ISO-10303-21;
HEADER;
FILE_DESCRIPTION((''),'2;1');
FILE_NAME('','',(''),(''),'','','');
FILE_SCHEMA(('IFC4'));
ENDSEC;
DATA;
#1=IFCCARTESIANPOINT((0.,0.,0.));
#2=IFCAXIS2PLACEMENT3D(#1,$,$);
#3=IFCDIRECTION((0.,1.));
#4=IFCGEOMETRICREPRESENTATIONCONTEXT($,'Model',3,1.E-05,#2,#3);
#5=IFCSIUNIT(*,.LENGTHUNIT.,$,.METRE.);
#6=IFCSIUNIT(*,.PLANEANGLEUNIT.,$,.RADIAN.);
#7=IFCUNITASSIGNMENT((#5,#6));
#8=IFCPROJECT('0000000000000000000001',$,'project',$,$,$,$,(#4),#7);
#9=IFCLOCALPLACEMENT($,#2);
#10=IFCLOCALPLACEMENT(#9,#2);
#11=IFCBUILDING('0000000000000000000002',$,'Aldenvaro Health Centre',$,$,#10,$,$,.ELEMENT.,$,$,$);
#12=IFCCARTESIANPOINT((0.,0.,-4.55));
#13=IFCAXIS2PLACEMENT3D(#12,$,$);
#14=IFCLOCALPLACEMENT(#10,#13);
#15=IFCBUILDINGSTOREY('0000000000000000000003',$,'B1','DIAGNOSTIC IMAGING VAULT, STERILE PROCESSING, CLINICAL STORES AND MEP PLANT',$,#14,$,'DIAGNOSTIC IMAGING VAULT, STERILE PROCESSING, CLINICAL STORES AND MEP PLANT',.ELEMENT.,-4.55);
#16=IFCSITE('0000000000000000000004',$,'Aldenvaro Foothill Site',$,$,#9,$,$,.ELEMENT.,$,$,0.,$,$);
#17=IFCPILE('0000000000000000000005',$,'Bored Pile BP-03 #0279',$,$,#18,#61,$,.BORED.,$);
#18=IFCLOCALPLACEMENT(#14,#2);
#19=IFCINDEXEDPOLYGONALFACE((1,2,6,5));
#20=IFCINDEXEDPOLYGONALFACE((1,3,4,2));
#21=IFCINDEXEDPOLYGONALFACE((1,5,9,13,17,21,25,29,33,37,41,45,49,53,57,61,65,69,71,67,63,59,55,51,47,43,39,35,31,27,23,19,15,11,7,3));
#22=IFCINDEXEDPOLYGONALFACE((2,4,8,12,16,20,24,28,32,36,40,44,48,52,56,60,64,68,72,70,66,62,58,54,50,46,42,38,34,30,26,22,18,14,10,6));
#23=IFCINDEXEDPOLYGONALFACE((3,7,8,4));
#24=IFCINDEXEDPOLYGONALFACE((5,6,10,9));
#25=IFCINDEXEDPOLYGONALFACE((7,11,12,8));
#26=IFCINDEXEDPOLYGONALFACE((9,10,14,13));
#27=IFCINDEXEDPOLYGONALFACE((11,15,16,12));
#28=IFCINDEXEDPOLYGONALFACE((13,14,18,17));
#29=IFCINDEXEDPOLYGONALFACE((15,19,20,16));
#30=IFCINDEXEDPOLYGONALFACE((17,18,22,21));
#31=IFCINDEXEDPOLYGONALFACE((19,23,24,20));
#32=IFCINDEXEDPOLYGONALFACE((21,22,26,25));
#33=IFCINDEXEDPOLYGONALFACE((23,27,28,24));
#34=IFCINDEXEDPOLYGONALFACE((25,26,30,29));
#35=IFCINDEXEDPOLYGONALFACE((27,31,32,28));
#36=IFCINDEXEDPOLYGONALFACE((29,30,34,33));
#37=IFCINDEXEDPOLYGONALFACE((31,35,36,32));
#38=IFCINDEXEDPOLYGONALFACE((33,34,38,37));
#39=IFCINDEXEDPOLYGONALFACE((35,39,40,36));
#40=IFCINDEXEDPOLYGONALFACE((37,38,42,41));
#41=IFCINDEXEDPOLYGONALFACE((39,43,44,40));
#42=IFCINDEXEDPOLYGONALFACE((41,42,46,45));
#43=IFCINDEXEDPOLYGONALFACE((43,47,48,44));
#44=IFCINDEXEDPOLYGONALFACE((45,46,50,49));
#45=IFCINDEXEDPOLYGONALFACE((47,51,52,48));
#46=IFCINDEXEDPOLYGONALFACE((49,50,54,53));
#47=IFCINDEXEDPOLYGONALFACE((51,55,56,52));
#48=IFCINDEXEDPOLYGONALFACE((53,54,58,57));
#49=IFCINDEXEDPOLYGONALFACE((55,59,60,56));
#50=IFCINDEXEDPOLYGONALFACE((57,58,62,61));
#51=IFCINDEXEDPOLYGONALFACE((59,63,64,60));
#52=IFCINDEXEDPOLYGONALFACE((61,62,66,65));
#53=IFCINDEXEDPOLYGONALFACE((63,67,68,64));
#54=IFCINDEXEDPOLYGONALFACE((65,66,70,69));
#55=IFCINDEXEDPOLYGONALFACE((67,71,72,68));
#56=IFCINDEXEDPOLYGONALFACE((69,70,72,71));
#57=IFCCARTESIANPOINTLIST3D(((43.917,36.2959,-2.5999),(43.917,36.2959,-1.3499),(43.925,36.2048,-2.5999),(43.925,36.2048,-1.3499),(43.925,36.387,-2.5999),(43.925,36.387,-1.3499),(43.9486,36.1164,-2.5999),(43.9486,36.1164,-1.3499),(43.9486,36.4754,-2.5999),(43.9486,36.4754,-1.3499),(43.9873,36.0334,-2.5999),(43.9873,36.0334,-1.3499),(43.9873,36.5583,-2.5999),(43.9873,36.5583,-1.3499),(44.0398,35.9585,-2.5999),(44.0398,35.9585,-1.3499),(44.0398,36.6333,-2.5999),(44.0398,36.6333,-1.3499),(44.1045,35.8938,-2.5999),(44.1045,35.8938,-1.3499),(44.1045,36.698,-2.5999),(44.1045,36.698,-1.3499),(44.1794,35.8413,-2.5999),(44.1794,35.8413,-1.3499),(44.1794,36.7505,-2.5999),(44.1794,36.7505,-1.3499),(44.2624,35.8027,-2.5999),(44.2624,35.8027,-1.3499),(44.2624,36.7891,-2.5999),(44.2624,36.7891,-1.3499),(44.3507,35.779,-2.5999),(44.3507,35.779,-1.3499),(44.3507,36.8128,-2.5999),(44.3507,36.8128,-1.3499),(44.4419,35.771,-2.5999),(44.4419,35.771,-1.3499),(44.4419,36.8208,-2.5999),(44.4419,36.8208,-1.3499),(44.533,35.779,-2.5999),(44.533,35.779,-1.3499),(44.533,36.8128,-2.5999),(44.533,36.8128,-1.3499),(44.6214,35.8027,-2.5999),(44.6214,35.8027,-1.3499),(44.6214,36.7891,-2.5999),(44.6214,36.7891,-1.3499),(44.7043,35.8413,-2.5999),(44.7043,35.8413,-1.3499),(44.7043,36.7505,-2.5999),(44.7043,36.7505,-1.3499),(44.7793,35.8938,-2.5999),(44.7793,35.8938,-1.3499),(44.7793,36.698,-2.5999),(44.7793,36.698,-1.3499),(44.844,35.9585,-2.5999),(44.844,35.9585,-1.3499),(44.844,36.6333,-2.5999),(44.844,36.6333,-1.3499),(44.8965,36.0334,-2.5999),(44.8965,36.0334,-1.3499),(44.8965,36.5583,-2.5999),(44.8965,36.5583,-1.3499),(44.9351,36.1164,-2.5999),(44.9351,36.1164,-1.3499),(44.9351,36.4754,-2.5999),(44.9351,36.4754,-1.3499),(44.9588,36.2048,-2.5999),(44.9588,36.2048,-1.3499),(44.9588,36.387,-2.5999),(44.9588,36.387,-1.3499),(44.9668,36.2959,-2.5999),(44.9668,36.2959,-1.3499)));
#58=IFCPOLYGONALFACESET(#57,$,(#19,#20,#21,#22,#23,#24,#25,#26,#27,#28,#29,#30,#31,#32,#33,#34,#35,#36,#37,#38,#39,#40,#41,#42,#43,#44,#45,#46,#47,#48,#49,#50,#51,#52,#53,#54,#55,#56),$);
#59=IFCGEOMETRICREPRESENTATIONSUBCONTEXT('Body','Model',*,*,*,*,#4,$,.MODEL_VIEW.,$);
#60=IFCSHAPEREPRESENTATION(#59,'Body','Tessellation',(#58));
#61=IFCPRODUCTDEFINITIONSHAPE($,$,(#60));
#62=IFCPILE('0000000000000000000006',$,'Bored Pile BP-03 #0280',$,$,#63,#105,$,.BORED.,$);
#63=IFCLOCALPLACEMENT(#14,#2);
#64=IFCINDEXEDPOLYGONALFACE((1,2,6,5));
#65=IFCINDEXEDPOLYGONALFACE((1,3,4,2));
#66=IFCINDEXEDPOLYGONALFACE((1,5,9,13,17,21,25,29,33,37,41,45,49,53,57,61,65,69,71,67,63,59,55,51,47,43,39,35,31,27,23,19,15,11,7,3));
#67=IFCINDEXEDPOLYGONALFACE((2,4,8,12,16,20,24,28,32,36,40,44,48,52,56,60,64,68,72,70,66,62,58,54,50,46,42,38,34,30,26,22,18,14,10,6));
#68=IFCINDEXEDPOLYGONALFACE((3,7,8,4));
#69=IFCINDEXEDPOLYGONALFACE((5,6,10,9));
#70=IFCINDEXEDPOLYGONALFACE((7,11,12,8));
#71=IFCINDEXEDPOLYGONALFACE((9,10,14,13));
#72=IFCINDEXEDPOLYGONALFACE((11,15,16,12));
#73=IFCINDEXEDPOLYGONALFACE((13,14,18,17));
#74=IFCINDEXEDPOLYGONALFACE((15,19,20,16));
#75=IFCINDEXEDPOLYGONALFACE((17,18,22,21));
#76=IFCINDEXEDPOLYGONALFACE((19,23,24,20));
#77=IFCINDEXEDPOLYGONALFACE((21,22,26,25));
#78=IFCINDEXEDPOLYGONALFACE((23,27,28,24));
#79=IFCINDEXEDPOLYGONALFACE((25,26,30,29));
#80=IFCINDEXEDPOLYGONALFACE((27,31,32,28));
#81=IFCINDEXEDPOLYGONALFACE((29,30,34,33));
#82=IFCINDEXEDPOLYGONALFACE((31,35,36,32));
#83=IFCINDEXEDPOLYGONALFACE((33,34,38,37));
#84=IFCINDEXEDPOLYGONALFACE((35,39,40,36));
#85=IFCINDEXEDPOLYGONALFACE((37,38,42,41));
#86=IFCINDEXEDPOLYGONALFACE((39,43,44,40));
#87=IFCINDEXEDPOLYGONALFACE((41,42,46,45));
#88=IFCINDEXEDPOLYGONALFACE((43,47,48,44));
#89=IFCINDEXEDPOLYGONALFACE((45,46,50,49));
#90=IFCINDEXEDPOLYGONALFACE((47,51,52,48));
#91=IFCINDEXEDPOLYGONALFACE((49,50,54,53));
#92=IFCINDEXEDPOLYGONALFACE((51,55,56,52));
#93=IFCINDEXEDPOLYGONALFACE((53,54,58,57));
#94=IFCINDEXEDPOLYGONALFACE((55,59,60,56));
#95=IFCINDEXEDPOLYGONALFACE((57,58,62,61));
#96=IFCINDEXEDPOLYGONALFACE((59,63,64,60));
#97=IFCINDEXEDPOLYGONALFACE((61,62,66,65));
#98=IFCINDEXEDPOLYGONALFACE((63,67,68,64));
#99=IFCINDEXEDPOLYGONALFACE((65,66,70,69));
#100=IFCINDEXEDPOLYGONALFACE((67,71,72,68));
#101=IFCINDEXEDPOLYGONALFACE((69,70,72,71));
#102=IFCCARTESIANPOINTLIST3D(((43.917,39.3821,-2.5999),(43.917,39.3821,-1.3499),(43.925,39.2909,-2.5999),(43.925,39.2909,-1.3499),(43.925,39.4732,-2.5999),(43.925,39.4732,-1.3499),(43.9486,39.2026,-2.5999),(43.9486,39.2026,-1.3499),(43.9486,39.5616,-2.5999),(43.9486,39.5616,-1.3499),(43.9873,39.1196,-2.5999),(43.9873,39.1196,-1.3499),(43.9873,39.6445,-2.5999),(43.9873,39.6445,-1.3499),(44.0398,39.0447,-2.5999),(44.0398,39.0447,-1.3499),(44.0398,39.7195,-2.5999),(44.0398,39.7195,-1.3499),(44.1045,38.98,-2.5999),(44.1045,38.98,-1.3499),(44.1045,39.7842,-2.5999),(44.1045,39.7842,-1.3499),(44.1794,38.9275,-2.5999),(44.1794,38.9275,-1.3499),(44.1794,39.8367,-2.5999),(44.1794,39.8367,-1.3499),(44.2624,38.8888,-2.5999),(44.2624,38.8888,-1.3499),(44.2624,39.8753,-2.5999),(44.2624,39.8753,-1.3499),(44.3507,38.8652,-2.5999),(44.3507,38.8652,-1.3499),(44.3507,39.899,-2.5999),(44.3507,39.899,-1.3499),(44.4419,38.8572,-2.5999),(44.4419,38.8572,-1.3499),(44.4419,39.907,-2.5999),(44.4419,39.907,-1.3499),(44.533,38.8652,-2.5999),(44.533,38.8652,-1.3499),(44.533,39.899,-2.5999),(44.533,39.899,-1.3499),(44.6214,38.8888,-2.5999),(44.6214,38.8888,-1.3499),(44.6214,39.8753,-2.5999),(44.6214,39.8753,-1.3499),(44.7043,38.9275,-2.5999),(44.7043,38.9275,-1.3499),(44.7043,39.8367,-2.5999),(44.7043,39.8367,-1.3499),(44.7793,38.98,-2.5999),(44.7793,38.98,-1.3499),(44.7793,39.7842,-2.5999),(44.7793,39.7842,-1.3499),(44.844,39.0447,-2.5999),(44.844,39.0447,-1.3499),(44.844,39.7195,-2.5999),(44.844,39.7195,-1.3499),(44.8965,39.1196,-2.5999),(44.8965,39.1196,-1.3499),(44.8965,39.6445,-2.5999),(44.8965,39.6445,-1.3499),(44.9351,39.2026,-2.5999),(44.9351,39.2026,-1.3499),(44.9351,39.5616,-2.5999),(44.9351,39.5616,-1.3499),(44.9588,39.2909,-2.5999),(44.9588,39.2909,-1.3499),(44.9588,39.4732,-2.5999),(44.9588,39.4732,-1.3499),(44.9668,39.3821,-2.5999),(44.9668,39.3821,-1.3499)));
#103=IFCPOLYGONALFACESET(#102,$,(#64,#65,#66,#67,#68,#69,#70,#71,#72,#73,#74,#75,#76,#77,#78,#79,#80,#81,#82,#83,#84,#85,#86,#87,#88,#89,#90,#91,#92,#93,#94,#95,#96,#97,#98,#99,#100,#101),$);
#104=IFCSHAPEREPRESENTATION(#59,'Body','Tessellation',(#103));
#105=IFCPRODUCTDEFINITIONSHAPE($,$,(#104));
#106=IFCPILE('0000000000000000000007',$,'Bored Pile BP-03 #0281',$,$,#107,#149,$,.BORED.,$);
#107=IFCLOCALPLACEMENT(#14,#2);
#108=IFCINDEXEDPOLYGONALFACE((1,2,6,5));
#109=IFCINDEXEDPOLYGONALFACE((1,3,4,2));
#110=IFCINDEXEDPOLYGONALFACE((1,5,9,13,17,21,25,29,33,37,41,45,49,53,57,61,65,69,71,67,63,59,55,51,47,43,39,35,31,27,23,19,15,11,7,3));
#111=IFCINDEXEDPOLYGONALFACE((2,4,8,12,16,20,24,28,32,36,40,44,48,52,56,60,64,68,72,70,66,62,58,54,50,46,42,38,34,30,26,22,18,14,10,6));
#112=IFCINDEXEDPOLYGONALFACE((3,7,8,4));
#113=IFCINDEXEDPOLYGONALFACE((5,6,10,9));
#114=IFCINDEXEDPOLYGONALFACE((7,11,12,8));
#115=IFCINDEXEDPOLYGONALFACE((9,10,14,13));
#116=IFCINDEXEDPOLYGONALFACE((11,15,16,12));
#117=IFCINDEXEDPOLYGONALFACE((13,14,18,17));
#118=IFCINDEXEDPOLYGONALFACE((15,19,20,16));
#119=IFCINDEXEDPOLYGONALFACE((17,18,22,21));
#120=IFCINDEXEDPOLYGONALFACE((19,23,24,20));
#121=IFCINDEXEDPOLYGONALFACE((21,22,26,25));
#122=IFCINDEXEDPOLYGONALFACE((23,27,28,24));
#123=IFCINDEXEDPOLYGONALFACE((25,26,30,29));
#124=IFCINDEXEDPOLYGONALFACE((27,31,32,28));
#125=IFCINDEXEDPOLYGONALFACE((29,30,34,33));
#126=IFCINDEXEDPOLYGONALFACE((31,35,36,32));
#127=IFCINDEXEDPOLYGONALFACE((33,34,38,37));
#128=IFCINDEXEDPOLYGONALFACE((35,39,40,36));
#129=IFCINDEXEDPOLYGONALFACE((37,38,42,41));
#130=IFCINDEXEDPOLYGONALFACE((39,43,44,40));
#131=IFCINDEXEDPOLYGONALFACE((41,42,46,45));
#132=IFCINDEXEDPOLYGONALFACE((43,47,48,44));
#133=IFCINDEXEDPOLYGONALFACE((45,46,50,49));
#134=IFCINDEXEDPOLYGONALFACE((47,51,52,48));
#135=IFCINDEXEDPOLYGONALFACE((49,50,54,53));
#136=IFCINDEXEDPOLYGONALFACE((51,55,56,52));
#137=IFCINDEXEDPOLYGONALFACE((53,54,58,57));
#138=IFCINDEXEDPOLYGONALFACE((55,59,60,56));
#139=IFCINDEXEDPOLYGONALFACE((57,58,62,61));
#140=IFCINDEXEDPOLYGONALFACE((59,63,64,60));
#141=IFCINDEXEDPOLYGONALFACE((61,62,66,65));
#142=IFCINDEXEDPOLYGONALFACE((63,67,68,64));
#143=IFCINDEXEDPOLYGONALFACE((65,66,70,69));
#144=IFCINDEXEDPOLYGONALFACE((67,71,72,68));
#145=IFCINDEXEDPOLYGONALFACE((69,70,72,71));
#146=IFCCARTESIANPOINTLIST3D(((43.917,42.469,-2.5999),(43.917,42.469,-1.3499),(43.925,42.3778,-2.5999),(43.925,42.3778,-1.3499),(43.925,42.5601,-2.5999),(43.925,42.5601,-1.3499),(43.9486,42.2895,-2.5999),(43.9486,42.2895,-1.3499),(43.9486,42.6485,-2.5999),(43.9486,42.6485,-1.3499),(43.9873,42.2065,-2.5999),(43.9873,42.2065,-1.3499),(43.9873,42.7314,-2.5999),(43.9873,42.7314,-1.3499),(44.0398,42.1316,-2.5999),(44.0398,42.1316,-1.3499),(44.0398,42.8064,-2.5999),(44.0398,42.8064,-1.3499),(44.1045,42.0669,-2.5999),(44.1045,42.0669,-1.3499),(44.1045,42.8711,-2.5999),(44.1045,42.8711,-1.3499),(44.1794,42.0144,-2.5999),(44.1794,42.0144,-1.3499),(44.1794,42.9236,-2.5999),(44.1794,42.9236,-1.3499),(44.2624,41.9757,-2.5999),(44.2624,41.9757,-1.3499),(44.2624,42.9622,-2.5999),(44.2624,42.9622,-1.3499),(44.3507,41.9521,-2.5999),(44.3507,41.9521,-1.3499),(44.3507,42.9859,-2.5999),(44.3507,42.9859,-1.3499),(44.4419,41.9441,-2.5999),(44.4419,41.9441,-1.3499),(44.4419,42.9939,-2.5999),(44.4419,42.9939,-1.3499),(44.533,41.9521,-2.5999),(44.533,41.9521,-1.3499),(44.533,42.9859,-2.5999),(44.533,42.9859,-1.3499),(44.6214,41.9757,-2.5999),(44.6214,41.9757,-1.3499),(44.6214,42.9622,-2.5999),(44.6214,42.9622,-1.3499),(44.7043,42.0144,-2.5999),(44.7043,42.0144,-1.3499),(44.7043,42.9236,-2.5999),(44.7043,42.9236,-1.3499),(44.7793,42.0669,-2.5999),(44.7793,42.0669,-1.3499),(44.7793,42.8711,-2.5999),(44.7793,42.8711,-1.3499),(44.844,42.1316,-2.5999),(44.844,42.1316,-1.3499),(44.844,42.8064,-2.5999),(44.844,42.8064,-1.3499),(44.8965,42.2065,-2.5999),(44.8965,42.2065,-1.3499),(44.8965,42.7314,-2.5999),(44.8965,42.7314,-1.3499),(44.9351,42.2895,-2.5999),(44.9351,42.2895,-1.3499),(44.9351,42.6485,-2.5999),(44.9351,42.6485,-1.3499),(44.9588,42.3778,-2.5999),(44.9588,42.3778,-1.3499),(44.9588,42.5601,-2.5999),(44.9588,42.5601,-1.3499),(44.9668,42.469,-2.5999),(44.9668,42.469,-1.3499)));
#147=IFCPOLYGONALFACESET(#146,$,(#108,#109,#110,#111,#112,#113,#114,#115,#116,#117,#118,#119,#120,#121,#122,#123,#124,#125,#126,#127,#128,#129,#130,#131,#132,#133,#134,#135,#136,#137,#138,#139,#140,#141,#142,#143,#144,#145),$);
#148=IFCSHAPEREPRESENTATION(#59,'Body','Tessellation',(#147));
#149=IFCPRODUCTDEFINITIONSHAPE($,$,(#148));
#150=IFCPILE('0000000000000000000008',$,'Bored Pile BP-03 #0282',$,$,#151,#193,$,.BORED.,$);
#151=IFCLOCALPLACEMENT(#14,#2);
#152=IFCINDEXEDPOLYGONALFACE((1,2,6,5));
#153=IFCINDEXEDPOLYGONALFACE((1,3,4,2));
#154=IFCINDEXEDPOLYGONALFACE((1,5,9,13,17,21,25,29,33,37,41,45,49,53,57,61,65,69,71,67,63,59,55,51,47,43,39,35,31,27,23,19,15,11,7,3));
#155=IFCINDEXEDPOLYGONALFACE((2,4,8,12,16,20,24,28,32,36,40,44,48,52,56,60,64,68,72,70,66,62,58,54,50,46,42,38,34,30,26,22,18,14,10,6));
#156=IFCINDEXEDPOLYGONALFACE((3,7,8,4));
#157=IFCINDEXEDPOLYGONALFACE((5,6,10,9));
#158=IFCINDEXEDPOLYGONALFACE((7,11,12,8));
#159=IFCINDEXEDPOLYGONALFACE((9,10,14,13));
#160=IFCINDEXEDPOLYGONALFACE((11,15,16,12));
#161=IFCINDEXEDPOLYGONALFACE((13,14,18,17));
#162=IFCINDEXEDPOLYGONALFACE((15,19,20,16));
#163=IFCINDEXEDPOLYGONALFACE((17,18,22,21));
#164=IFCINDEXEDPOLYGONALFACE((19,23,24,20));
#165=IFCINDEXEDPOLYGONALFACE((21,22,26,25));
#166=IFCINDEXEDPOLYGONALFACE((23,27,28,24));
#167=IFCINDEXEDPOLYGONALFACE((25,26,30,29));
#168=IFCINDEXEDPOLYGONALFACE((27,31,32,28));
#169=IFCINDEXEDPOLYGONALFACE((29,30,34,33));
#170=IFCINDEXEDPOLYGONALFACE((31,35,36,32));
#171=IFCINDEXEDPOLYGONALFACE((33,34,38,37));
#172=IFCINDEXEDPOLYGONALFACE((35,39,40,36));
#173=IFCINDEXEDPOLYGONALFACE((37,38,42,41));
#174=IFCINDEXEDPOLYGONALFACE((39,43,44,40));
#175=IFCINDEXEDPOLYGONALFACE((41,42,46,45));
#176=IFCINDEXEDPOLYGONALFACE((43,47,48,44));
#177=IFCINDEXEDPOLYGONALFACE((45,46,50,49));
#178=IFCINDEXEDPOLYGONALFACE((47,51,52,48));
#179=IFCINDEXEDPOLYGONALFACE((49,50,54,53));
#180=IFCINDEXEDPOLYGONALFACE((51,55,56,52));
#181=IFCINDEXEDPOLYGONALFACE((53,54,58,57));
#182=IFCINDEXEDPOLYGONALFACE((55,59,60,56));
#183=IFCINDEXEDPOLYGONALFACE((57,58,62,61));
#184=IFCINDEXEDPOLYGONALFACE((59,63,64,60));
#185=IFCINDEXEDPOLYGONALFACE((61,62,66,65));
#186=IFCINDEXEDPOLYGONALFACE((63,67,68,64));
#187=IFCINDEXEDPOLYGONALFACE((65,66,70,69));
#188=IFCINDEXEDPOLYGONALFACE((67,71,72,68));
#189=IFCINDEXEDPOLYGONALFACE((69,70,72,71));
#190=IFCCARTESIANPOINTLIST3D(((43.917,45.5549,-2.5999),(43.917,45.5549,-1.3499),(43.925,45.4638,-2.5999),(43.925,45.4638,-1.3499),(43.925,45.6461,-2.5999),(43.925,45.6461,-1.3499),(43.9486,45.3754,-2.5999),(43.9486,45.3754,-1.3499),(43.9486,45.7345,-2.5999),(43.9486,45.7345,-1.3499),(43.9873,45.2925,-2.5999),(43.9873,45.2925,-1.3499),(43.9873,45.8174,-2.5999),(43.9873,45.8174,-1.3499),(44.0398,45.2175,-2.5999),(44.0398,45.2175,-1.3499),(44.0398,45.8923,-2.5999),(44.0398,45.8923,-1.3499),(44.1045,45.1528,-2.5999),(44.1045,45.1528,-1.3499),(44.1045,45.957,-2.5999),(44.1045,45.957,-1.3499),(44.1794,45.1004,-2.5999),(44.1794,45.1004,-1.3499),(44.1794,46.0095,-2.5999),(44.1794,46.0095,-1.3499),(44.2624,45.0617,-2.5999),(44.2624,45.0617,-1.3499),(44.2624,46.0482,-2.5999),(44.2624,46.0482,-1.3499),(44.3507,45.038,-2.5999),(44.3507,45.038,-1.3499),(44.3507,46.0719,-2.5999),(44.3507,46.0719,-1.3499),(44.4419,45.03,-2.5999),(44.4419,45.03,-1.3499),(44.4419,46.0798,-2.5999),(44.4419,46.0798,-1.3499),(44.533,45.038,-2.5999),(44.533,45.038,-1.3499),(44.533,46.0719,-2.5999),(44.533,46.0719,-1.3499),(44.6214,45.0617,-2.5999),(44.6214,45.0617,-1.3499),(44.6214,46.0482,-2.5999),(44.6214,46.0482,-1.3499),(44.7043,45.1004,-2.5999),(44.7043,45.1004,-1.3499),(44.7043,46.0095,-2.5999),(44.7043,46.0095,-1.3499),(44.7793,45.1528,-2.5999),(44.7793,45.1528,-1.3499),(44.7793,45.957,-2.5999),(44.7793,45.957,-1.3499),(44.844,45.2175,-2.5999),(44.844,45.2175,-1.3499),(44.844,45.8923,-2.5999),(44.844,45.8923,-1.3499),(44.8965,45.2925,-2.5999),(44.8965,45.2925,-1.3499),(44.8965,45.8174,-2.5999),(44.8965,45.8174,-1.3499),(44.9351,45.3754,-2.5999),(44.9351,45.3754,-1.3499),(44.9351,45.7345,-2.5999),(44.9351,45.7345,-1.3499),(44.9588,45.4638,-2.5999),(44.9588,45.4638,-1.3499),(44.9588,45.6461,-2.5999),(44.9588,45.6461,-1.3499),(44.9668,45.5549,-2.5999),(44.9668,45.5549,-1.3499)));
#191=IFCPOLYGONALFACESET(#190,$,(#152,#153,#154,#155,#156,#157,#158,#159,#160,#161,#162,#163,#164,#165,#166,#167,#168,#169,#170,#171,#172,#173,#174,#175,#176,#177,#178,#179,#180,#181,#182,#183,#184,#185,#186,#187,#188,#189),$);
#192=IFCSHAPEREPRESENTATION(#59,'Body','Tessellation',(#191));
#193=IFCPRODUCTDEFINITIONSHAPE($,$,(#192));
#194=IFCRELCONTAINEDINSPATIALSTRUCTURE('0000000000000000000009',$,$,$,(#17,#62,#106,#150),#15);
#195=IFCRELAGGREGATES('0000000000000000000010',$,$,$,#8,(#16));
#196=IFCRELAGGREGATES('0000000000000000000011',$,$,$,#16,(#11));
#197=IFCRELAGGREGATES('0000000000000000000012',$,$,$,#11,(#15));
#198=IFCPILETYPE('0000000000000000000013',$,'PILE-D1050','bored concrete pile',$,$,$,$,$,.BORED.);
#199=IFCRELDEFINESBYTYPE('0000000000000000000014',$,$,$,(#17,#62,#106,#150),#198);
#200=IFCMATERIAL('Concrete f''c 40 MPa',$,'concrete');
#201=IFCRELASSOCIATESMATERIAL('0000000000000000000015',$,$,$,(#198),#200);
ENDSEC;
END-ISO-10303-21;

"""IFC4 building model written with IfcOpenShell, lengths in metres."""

from ifc_helpers import new_model, si_unit, direction, frame, origin, origin_2d, place, context, subcontext, project, spatial, circle, extrude, material, material_profile, profile_set, type_object, element, save


model = new_model("IFC4")

# Units and contexts
model_context = context("Model", 3, precision=1e-05, world=origin(), true_north=direction((0.0, 1.0)))
body_context = subcontext(model_context, "Body", "Model", "MODEL_VIEW")
ifc_project = project(units=[si_unit("LENGTHUNIT", "METRE"), si_unit("PLANEANGLEUNIT", "RADIAN")], contexts=[model_context])

# Site, building, storey
site_placement = place(None, origin())
site = spatial("IfcSite", under=ifc_project, at=site_placement, Name="Aldenvaro Foothill Site", CompositionType="ELEMENT", RefElevation=0.0)
building_placement = place(site_placement, origin())
building = spatial("IfcBuilding", under=site, at=building_placement, Name="Aldenvaro Health Centre", CompositionType="ELEMENT")
storey_placement = place(building_placement, frame((0.0, 0.0, -4.55)))
storey = spatial("IfcBuildingStorey", under=building, at=storey_placement, Name="B1", Description="DIAGNOSTIC IMAGING VAULT, STERILE PROCESSING, CLINICAL STORES AND MEP PLANT", LongName="DIAGNOSTIC IMAGING VAULT, STERILE PROCESSING, CLINICAL STORES AND MEP PLANT", CompositionType="ELEMENT", Elevation=-4.55)

# Piles
ifc_material = material(Name="Concrete f'c 40 MPa", Category="concrete")
ifc_material_profile = material_profile(ifc_material, circle(Radius=0.5249, at=origin_2d()), Name="PILE D1050", Category="concrete")
ifc_profile_set = profile_set([ifc_material_profile], Name="Concrete f'c 40 MPa")
pile_type = type_object("IfcPileType", Name="PILE-D1050", Description="bored concrete pile", PredefinedType="BORED", material=ifc_profile_set)
for number, where, z_axis, x_axis, name in (
    (1, (44.4419, 36.2959, -1.3499), (0.0, 0.0, -1.0), (1.0, 0.0, 0.0), "Bored Pile BP-03 #0279"),
    (2, (44.4419, 39.3821, -1.3499), (0.0, 0.0, -1.0), (1.0, 0.0, 0.0), "Bored Pile BP-03 #0280"),
    (3, (44.4419, 42.469, -1.3499), (0.0, 0.0, -1.0), (1.0, 0.0, 0.0), "Bored Pile BP-03 #0281"),
    (4, (44.4419, 45.5549, -1.3499), (0.0, 0.0, -1.0), (1.0, 0.0, 0.0), "Bored Pile BP-03 #0282"),
):
    element("IfcPile", number, at=place(storey_placement, frame(where, z_axis=z_axis, x_axis=x_axis)), inside=storey, type_object=pile_type, Name=name, PredefinedType="BORED", context=body_context, shape_type="SweptSolid", body=[
        extrude(circle(Radius=0.5249, at=origin_2d()), origin(), (0.0, 0.0, 1.0), 1.25),
    ])

save(model, "model.ifc")
